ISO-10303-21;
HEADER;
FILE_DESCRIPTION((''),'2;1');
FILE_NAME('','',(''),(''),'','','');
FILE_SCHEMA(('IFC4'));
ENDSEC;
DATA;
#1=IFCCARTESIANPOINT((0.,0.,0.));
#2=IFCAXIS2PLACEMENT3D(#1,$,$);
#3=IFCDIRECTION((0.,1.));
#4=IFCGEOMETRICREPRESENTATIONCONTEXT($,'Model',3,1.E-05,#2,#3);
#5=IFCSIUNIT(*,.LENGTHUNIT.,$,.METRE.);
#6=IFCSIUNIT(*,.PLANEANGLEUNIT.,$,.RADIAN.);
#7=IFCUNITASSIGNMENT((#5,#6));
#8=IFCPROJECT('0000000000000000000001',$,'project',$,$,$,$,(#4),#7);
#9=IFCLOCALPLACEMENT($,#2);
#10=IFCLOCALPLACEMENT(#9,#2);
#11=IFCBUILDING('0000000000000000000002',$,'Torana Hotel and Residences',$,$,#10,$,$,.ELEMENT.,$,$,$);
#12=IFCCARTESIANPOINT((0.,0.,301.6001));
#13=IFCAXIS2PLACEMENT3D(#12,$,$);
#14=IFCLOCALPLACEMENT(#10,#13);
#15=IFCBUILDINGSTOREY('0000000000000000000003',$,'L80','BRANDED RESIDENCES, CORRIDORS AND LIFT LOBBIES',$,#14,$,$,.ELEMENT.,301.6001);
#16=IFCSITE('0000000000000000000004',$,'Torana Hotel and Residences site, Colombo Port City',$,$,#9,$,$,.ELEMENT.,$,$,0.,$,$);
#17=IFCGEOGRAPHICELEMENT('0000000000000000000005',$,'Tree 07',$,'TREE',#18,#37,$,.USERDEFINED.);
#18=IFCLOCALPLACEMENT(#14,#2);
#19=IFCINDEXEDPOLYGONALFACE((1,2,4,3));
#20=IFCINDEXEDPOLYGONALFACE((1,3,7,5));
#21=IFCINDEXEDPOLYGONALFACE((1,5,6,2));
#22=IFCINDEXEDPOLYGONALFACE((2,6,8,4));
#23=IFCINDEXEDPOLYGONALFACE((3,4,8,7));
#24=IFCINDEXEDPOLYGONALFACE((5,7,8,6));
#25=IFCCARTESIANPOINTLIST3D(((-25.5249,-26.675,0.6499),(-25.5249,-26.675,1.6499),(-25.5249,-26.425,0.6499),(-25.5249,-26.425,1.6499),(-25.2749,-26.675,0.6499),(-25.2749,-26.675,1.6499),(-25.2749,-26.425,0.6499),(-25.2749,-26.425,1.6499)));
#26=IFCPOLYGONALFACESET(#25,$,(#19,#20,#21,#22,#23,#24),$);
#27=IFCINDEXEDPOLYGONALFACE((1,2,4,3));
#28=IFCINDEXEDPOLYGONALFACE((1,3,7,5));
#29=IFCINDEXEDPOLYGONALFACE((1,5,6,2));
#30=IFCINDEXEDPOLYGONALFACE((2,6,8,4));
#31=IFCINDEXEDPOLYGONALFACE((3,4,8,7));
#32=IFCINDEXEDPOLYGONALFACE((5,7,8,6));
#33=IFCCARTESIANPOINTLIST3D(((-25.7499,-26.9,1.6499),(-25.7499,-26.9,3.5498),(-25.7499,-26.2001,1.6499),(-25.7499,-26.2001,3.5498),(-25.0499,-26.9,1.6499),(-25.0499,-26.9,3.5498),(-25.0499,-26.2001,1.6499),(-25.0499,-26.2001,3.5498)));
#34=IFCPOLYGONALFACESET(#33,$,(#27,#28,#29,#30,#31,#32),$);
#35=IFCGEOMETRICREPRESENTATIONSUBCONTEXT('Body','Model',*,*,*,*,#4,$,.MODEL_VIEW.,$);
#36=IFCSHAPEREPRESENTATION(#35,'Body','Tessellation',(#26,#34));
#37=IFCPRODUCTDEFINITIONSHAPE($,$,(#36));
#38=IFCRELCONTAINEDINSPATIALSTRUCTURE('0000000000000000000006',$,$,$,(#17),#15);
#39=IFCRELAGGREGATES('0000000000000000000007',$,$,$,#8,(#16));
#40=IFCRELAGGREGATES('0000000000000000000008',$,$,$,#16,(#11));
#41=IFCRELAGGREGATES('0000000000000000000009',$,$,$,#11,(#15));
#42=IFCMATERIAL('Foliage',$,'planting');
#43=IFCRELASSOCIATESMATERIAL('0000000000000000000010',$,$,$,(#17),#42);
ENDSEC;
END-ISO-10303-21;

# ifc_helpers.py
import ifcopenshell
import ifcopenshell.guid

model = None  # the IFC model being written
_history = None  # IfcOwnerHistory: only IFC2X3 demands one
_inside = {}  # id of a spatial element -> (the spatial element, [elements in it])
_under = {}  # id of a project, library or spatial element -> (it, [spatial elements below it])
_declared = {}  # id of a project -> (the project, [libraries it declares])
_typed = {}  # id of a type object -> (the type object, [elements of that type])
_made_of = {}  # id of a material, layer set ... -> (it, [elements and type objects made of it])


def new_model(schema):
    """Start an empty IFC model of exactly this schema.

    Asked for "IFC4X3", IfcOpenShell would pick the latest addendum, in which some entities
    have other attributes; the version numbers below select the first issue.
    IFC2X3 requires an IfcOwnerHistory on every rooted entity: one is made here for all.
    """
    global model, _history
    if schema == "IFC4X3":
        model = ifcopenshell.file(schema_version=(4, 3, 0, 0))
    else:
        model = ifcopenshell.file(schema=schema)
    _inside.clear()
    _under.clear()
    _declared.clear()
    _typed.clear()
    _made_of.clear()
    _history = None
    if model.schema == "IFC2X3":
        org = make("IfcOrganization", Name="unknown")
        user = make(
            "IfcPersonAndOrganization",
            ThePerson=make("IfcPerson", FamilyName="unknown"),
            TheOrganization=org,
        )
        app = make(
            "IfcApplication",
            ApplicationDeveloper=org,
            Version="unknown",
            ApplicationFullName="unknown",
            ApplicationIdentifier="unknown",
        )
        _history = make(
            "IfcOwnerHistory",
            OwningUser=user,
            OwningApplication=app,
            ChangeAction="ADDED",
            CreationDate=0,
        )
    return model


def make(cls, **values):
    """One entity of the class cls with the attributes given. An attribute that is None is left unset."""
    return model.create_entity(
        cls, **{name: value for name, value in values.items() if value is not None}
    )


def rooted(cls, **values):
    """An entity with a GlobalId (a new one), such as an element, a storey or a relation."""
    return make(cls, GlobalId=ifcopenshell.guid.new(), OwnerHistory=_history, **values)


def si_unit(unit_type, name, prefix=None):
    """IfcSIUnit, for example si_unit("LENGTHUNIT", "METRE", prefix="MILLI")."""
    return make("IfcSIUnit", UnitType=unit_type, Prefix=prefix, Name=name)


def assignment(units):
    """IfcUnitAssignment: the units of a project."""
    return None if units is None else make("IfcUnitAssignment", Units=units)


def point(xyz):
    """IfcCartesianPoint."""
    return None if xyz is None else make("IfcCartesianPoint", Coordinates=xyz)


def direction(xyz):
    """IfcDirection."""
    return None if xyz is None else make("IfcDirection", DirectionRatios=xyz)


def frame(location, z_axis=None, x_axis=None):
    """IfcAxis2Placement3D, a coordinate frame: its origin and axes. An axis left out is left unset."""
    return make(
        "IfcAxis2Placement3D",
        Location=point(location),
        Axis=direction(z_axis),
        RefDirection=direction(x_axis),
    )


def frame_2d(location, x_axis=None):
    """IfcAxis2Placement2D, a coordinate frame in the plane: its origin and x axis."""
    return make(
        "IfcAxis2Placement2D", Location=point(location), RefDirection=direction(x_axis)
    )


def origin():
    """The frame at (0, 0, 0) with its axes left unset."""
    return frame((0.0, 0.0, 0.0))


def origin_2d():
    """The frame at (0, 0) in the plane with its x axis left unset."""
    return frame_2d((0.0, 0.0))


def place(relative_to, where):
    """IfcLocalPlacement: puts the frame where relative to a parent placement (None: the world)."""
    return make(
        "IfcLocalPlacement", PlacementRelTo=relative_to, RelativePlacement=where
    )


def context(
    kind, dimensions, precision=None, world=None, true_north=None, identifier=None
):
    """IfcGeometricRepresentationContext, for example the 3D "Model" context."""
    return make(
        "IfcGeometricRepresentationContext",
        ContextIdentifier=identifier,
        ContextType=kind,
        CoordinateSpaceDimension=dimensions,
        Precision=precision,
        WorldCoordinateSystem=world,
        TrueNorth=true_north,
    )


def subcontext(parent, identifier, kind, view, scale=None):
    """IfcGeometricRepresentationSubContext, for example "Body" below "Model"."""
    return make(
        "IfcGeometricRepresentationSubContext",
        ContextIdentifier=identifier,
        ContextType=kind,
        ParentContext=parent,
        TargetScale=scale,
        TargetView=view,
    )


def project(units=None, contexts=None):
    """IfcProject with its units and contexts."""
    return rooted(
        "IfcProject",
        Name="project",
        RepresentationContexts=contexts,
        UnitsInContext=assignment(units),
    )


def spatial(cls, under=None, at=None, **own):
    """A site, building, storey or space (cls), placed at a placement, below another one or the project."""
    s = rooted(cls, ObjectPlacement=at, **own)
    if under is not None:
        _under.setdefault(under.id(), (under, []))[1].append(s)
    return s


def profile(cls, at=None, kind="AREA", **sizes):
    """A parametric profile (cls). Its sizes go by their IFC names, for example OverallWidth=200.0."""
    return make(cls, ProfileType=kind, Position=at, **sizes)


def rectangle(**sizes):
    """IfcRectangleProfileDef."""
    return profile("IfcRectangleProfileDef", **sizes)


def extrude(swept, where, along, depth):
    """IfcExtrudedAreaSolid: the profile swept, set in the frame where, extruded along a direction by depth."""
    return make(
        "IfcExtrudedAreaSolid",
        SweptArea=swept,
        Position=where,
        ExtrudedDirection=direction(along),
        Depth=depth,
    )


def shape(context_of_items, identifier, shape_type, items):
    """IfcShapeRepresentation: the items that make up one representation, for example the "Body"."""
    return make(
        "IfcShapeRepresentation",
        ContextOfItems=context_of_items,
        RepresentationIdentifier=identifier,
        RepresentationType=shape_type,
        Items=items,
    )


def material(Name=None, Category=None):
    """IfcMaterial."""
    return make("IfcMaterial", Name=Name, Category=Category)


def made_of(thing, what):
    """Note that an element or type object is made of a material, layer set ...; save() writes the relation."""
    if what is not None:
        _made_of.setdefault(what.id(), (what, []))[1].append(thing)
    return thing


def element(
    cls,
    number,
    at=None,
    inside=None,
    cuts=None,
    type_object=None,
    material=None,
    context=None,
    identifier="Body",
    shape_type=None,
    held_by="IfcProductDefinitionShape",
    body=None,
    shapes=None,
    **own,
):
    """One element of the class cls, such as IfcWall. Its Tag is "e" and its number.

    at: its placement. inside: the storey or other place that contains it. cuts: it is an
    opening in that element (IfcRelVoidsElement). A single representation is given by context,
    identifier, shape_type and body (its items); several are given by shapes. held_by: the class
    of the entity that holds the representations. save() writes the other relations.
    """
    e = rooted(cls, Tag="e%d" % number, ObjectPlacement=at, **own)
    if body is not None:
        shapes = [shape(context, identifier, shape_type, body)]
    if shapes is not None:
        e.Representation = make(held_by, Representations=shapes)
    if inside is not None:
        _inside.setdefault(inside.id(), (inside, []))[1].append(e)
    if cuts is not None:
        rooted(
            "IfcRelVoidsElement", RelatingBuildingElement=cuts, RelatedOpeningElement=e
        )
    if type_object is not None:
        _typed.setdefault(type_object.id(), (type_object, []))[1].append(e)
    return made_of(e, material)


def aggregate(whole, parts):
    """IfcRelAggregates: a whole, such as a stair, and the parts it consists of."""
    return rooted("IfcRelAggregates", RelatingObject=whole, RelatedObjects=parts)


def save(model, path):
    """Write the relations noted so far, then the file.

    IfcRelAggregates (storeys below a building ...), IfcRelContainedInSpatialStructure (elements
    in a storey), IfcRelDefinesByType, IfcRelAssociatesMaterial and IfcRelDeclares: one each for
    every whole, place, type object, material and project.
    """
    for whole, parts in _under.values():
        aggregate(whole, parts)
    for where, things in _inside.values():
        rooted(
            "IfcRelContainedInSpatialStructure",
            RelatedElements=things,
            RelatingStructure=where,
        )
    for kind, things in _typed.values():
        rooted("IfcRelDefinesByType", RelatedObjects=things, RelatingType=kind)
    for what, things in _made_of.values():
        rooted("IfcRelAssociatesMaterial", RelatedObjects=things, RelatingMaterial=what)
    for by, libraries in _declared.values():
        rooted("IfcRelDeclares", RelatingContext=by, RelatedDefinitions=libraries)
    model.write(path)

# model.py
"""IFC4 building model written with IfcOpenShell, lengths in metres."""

from ifc_helpers import new_model, si_unit, direction, frame, origin, origin_2d, place, context, subcontext, project, spatial, rectangle, extrude, material, element, save


model = new_model("IFC4")

# Units and contexts
model_context = context("Model", 3, precision=1e-05, world=origin(), true_north=direction((0.0, 1.0)))
body_context = subcontext(model_context, "Body", "Model", "MODEL_VIEW")
ifc_project = project(units=[si_unit("LENGTHUNIT", "METRE"), si_unit("PLANEANGLEUNIT", "RADIAN")], contexts=[model_context])

# Site, building, storey
site_placement = place(None, origin())
site = spatial("IfcSite", under=ifc_project, at=site_placement, Name="Torana Hotel and Residences site, Colombo Port City", CompositionType="ELEMENT", RefElevation=0.0)
building_placement = place(site_placement, origin())
building = spatial("IfcBuilding", under=site, at=building_placement, Name="Torana Hotel and Residences", CompositionType="ELEMENT")
storey_placement = place(building_placement, frame((0.0, 0.0, 301.6001)))
storey = spatial("IfcBuildingStorey", under=building, at=storey_placement, Name="L80", Description="BRANDED RESIDENCES, CORRIDORS AND LIFT LOBBIES", CompositionType="ELEMENT", Elevation=301.6001)

# Geographic element
ifc_material_1 = material(Name="Foliage", Category="planting")
geographic_element_placement = place(storey_placement, frame((-25.3999, -26.55, 0.6499), z_axis=(0.0, 0.0, 1.0), x_axis=(1.0, 0.0, 0.0)))
element("IfcGeographicElement", 1, at=geographic_element_placement, inside=storey, material=ifc_material_1, Name="Tree 07", ObjectType="TREE", PredefinedType="USERDEFINED", context=body_context, shape_type="SweptSolid", body=[
    extrude(rectangle(XDim=0.25, YDim=0.25, at=origin_2d()), origin(), (0.0, 0.0, 1.0), 1.0),
    extrude(rectangle(XDim=0.7, YDim=0.7, at=origin_2d()), frame((0.0, 0.0, 1.0)), (0.0, 0.0, 1.0), 1.8999),
])

save(model, "model.ifc")
